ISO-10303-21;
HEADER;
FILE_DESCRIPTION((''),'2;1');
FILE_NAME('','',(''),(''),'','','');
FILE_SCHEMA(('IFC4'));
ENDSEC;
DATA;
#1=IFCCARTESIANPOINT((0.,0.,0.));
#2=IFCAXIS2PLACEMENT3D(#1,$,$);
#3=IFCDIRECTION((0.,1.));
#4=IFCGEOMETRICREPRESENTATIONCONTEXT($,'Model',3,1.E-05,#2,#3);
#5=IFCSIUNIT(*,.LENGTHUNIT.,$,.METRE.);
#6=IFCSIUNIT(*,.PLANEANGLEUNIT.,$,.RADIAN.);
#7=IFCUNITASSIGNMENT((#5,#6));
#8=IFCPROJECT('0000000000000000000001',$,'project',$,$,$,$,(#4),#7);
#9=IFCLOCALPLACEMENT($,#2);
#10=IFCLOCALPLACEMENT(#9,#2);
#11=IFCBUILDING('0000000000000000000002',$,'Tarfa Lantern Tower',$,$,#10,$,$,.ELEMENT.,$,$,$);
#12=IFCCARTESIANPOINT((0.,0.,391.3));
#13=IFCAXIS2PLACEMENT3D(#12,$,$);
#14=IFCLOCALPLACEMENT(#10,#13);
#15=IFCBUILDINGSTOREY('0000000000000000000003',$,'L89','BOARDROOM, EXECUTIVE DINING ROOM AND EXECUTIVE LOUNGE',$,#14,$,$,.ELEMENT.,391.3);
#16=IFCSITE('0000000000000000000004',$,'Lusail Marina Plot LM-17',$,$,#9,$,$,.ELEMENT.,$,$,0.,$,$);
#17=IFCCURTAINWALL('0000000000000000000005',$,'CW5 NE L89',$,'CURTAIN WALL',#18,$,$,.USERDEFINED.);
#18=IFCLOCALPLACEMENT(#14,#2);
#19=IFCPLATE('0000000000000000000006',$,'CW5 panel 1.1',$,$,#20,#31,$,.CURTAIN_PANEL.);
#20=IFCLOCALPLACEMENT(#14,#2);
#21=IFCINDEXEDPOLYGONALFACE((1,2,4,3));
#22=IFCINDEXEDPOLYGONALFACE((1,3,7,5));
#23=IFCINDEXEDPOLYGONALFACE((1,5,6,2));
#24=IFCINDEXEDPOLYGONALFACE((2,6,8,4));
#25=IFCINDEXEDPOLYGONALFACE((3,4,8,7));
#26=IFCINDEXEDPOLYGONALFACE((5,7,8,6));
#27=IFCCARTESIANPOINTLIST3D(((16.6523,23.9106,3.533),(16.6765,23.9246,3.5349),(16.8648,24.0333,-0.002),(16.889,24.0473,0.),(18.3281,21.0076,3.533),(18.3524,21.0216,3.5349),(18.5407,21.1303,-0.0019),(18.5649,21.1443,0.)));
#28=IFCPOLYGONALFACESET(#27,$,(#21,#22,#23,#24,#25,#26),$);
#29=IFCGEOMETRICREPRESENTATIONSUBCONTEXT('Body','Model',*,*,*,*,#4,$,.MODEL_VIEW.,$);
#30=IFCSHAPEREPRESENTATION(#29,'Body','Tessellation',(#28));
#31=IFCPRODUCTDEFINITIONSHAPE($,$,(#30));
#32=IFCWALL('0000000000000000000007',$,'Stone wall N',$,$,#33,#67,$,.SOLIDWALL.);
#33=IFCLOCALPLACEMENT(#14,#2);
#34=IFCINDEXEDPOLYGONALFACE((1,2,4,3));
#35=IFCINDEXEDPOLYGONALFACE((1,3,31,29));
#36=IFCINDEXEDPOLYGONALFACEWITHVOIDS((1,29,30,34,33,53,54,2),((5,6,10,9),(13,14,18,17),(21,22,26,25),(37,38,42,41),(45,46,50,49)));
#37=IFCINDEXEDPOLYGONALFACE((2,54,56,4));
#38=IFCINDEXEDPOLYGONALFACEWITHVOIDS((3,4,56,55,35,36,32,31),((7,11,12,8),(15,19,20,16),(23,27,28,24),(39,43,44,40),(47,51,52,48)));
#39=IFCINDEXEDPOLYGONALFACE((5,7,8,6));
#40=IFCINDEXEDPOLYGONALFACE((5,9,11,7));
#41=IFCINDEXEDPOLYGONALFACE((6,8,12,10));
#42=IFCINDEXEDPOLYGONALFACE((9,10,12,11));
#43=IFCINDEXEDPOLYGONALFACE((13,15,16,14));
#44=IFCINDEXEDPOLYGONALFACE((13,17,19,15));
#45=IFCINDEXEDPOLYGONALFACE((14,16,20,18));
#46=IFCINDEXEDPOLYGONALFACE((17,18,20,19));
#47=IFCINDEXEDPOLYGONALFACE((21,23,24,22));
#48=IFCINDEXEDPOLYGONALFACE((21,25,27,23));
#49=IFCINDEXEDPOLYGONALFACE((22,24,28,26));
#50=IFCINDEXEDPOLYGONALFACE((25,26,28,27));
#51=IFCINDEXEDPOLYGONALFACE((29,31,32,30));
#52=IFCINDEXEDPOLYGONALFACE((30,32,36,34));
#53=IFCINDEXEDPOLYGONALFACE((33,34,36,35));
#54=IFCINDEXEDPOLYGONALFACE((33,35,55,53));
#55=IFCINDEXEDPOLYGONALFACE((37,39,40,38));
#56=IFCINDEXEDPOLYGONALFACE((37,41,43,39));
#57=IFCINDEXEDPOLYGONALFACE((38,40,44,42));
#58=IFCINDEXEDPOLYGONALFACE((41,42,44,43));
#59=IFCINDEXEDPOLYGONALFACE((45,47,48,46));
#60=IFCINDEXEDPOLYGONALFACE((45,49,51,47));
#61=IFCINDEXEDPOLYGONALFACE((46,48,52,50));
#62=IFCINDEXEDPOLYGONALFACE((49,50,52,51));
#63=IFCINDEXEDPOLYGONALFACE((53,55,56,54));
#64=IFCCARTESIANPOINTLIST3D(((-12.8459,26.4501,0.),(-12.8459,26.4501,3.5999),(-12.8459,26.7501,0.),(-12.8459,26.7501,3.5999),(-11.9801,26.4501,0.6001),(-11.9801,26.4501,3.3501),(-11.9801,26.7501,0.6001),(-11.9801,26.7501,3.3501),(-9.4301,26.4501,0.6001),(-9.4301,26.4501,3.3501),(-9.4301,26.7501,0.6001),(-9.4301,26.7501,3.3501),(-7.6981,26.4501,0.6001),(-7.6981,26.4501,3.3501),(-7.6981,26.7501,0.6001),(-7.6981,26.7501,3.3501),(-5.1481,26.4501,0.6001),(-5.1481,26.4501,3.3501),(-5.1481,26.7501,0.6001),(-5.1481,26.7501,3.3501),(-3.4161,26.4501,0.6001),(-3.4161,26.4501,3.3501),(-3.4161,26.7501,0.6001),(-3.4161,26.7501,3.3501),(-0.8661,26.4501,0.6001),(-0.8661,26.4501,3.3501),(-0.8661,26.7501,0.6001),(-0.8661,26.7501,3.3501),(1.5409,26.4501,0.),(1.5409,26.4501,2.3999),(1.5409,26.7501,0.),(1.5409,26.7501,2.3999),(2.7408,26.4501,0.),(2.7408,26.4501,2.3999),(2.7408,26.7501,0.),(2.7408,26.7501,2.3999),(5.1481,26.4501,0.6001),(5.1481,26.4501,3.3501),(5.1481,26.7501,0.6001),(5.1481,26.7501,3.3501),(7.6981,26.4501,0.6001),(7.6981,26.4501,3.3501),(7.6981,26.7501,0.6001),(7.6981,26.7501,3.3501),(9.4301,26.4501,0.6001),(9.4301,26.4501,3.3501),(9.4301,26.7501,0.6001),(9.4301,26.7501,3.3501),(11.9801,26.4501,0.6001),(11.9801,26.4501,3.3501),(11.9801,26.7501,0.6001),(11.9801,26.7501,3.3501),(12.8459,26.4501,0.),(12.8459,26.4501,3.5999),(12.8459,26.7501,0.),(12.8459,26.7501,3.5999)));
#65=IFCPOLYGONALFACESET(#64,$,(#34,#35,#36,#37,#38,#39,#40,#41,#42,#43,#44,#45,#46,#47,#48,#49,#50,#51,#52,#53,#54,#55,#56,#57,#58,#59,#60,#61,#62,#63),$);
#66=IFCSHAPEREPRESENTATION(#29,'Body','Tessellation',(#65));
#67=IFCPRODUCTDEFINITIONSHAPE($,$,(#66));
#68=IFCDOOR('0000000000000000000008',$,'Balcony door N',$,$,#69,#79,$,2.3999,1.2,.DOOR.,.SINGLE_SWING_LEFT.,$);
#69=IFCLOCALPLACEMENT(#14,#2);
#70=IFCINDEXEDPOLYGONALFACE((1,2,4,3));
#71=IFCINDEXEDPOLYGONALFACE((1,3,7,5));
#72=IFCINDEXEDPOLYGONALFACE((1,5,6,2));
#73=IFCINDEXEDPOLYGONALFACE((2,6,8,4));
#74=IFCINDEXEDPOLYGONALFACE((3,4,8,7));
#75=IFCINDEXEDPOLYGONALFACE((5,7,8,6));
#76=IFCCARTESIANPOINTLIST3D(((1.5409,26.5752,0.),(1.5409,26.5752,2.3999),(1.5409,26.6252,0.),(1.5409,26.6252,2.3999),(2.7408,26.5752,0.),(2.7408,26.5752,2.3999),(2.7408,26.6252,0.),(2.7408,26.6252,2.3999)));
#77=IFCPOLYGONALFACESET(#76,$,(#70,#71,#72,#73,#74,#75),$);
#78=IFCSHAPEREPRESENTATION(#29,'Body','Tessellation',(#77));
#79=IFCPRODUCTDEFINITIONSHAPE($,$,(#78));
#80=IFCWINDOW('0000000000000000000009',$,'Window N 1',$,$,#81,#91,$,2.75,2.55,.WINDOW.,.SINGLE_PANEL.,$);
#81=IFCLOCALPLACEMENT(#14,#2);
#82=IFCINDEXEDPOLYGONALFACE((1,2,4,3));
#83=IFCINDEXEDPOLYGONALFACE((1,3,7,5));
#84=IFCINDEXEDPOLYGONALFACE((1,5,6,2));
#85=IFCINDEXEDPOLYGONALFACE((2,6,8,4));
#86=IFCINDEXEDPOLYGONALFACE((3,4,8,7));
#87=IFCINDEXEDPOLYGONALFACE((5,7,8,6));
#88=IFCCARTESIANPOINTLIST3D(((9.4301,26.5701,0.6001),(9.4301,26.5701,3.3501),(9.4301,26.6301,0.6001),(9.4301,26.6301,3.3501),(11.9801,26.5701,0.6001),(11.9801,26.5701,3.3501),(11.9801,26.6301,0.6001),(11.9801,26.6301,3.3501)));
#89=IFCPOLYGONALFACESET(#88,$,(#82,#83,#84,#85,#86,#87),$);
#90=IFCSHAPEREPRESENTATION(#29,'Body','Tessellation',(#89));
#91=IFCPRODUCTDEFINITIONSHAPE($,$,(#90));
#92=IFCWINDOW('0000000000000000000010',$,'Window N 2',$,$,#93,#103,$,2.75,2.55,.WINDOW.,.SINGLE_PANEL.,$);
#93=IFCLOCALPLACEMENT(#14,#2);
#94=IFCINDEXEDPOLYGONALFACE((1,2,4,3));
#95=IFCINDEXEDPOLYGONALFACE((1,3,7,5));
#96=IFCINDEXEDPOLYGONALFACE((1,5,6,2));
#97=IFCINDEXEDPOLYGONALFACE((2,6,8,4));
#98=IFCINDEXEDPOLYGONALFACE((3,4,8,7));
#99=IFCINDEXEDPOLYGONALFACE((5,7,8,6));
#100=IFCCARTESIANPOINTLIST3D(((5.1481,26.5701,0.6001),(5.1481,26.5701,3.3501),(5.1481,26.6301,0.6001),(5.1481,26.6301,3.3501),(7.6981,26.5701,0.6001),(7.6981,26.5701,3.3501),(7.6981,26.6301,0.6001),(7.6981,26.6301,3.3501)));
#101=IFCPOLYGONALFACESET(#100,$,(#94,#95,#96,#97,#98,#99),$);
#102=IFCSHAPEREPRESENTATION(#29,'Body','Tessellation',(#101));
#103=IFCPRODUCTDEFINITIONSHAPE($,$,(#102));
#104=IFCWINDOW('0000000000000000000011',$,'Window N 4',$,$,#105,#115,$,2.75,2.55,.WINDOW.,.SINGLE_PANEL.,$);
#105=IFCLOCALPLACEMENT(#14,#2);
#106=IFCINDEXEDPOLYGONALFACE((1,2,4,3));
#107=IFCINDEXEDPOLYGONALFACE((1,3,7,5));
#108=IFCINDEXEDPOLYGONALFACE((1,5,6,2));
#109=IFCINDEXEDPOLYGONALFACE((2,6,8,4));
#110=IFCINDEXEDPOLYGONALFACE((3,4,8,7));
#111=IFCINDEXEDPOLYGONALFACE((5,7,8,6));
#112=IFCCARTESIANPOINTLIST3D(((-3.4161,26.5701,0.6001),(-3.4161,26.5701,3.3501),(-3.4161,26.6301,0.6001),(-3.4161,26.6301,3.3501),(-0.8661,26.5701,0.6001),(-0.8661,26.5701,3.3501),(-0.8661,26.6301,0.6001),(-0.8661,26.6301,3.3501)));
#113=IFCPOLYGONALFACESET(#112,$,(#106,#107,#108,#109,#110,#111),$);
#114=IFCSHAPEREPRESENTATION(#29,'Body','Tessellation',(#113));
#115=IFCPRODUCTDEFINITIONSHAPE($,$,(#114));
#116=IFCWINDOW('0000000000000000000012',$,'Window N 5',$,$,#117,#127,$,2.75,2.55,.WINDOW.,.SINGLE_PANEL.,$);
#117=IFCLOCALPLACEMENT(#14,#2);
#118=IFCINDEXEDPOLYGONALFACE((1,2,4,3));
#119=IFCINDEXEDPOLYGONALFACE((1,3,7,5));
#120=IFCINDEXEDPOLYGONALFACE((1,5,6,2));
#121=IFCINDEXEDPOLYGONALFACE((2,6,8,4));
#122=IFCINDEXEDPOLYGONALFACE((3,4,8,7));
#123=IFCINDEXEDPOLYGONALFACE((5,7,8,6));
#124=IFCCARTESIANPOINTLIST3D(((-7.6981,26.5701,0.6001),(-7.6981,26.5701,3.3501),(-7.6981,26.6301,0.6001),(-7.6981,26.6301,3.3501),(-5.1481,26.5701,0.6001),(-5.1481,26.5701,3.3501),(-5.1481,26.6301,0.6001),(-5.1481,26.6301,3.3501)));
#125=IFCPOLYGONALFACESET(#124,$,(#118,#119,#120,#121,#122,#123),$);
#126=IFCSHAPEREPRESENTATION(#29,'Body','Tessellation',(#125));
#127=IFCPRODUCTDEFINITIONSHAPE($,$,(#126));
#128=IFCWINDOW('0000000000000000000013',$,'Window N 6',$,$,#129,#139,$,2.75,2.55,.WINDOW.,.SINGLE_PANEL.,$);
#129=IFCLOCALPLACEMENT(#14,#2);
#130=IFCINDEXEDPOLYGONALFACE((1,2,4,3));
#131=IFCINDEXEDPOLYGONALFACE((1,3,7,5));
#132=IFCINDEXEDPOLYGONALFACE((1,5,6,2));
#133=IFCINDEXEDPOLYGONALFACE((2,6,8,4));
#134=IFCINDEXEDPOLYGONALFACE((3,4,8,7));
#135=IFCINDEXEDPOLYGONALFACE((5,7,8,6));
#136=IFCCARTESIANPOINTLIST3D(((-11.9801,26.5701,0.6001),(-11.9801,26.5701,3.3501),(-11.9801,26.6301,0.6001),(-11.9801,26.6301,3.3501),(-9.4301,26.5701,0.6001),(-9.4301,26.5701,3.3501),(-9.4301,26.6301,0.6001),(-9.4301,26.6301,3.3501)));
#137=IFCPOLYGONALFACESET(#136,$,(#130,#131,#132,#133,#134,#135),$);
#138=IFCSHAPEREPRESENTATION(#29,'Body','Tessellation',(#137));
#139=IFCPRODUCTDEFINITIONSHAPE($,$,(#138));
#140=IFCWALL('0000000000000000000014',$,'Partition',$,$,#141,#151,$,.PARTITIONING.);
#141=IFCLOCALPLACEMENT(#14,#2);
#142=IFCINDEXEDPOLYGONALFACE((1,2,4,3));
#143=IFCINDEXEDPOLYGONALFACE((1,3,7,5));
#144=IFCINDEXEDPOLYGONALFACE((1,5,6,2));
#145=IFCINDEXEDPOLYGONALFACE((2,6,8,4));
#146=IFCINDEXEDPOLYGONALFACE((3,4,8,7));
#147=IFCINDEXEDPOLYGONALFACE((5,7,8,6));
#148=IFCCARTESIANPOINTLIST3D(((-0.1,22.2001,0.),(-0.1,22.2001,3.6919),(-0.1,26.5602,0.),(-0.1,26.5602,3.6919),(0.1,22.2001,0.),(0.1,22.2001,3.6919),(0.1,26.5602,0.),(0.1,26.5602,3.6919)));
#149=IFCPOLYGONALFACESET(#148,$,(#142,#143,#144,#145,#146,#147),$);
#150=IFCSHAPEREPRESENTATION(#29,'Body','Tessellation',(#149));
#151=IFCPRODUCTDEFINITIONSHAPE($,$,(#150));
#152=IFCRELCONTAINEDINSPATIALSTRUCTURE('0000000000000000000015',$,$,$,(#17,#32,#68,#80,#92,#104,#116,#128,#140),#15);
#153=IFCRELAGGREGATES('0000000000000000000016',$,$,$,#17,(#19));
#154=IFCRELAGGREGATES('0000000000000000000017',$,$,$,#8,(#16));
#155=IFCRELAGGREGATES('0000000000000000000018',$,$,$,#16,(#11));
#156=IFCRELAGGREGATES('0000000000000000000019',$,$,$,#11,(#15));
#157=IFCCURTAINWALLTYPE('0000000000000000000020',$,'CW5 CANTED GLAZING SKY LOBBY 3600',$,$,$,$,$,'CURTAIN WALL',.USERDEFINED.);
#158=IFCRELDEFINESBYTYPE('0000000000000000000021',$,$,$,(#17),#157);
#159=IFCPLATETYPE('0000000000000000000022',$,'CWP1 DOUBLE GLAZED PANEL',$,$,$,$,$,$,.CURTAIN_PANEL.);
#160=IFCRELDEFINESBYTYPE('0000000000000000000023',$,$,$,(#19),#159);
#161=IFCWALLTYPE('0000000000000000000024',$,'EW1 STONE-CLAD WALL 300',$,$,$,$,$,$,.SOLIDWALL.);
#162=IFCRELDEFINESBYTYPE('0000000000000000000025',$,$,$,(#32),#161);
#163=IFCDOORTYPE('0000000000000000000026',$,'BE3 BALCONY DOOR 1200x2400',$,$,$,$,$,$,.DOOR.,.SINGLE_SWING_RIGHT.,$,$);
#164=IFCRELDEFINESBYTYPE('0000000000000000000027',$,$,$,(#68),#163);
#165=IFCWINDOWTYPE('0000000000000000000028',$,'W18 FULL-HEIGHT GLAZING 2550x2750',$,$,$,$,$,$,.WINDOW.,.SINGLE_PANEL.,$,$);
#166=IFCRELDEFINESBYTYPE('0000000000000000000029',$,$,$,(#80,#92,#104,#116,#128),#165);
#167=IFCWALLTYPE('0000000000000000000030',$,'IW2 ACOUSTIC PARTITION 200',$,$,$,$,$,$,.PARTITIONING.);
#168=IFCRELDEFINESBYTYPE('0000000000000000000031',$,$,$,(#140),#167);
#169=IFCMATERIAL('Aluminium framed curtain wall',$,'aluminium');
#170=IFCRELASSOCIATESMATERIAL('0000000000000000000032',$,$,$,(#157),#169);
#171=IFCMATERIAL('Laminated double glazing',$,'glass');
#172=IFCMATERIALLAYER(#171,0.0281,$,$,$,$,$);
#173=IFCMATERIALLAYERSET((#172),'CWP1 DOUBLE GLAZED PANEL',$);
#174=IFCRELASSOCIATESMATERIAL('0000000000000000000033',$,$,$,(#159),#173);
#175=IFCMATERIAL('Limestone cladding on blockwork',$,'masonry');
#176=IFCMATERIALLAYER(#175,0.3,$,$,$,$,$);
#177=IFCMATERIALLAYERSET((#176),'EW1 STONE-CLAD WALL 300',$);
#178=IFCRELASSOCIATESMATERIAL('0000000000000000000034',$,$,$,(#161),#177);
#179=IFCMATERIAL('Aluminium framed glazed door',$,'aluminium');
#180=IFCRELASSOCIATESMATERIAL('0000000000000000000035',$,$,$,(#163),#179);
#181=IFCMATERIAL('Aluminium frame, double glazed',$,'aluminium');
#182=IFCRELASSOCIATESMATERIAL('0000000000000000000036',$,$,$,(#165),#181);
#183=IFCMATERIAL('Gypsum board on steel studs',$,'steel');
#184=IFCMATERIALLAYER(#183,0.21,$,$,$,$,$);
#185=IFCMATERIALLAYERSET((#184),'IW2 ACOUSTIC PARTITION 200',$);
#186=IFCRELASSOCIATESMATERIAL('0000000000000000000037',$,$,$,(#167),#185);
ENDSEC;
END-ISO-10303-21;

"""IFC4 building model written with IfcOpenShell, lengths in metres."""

from ifc_helpers import new_model, si_unit, direction, frame, frame_2d, origin, place, context, subcontext, project, spatial, polyline, rectangle, outline, extrude, material, layer, layer_set, type_object, element, fill, aggregate, save


model = new_model("IFC4")

# Units and contexts
model_context = context("Model", 3, precision=1e-05, world=origin(), true_north=direction((0.0, 1.0)))
body_context = subcontext(model_context, "Body", "Model", "MODEL_VIEW")
ifc_project = project(units=[si_unit("LENGTHUNIT", "METRE"), si_unit("PLANEANGLEUNIT", "RADIAN")], contexts=[model_context])

# Site, building, storey
site_placement = place(None, origin())
site = spatial("IfcSite", under=ifc_project, at=site_placement, Name="Lusail Marina Plot LM-17", CompositionType="ELEMENT", RefElevation=0.0)
building_placement = place(site_placement, origin())
building = spatial("IfcBuilding", under=site, at=building_placement, Name="Tarfa Lantern Tower", CompositionType="ELEMENT")
storey_placement = place(building_placement, frame((0.0, 0.0, 391.3)))
storey = spatial("IfcBuildingStorey", under=building, at=storey_placement, Name="L89", Description="BOARDROOM, EXECUTIVE DINING ROOM AND EXECUTIVE LOUNGE", CompositionType="ELEMENT", Elevation=391.3)

# Curtain wall
ifc_material_1 = material(Name="Aluminium framed curtain wall", Category="aluminium")
curtain_wall_type = type_object("IfcCurtainWallType", Name="CW5 CANTED GLAZING SKY LOBBY 3600", ElementType="CURTAIN WALL", PredefinedType="USERDEFINED", material=ifc_material_1)
curtain_wall_placement = place(storey_placement, origin())
curtain_wall = element("IfcCurtainWall", 1, at=curtain_wall_placement, inside=storey, type_object=curtain_wall_type, Name="CW5 NE L89", ObjectType="CURTAIN WALL", PredefinedType="USERDEFINED")

# Plate
ifc_material_2 = material(Name="Laminated double glazing", Category="glass")
ifc_layer_1 = layer(ifc_material_2, 0.0281)
ifc_layer_set_1 = layer_set([ifc_layer_1], Name="CWP1 DOUBLE GLAZED PANEL")
plate_type = type_object("IfcPlateType", Name="CWP1 DOUBLE GLAZED PANEL", PredefinedType="CURTAIN_PANEL", material=ifc_layer_set_1)
plate_placement = place(storey_placement, frame((18.5649, 21.1443, 0.0), z_axis=(0.863961, 0.498773, 0.069253), x_axis=(-0.499973, 0.866041, -0.000003)))
plate = element("IfcPlate", 2, at=plate_placement, type_object=plate_type, Name="CW5 panel 1.1", PredefinedType="CURTAIN_PANEL", context=body_context, shape_type="SweptSolid", body=[
    extrude(outline(polyline([(0.0, 0.0), (3.352, 0.0), (3.352, 3.5434), (0.0, 3.5434), (0.0, 0.0)])), origin(), (0.0, 0.0, -1.0), 0.0281),
])
aggregate(curtain_wall, [plate])

# Wall, openings, door, windows
ifc_material_3 = material(Name="Limestone cladding on blockwork", Category="masonry")
ifc_layer_2 = layer(ifc_material_3, 0.3)
ifc_layer_set_2 = layer_set([ifc_layer_2], Name="EW1 STONE-CLAD WALL 300")
wall_type_1 = type_object("IfcWallType", Name="EW1 STONE-CLAD WALL 300", PredefinedType="SOLIDWALL", material=ifc_layer_set_2)
wall_1_placement = place(storey_placement, frame((12.8459, 26.6001, 0.0), z_axis=(0.0, 0.0, 1.0), x_axis=(-1.0, 0.0, 0.0)))
wall_1 = element("IfcWall", 3, at=wall_1_placement, inside=storey, type_object=wall_type_1, Name="Stone wall N", PredefinedType="SOLIDWALL", context=body_context, shape_type="SweptSolid", body=[
    extrude(rectangle(XDim=25.6919, YDim=0.3, at=frame_2d((12.8459, 0.0))), origin(), (0.0, 0.0, 1.0), 3.5999),
])
opening_1_placement = place(wall_1_placement, frame((0.866, 0.0, 0.6001)))
opening_1 = element("IfcOpeningElement", 4, at=opening_1_placement, cuts=wall_1, PredefinedType="OPENING", context=body_context, shape_type="SweptSolid", body=[
    extrude(rectangle(XDim=2.55, YDim=2.75, at=frame_2d((1.2749, 1.375))), frame((0.0, 0.1599, 0.0), z_axis=(0.0, -1.0, 0.0), x_axis=(1.0, 0.0, 0.0)), (0.0, 0.0, 1.0), 0.3201),
])
opening_2_placement = place(wall_1_placement, frame((5.1479, 0.0, 0.6001)))
opening_2 = element("IfcOpeningElement", 5, at=opening_2_placement, cuts=wall_1, PredefinedType="OPENING", context=body_context, shape_type="SweptSolid", body=[
    extrude(rectangle(XDim=2.55, YDim=2.75, at=frame_2d((1.2749, 1.375))), frame((0.0, 0.1599, 0.0), z_axis=(0.0, -1.0, 0.0), x_axis=(1.0, 0.0, 0.0)), (0.0, 0.0, 1.0), 0.3201),
])
opening_3_placement = place(wall_1_placement, frame((10.105, 0.0, 0.0)))
opening_3 = element("IfcOpeningElement", 6, at=opening_3_placement, cuts=wall_1, PredefinedType="OPENING", context=body_context, shape_type="SweptSolid", body=[
    extrude(rectangle(XDim=1.2, YDim=2.3999, at=frame_2d((0.6001, 1.2))), frame((0.0, 0.1599, 0.0), z_axis=(0.0, -1.0, 0.0), x_axis=(1.0, 0.0, 0.0)), (0.0, 0.0, 1.0), 0.3201),
])
opening_4_placement = place(wall_1_placement, frame((13.7122, 0.0, 0.6001)))
opening_4 = element("IfcOpeningElement", 7, at=opening_4_placement, cuts=wall_1, PredefinedType="OPENING", context=body_context, shape_type="SweptSolid", body=[
    extrude(rectangle(XDim=2.55, YDim=2.75, at=frame_2d((1.2749, 1.375))), frame((0.0, 0.1599, 0.0), z_axis=(0.0, -1.0, 0.0), x_axis=(1.0, 0.0, 0.0)), (0.0, 0.0, 1.0), 0.3201),
])
opening_5_placement = place(wall_1_placement, frame((17.9941, 0.0, 0.6001)))
opening_5 = element("IfcOpeningElement", 8, at=opening_5_placement, cuts=wall_1, PredefinedType="OPENING", context=body_context, shape_type="SweptSolid", body=[
    extrude(rectangle(XDim=2.55, YDim=2.75, at=frame_2d((1.2749, 1.375))), frame((0.0, 0.1599, 0.0), z_axis=(0.0, -1.0, 0.0), x_axis=(1.0, 0.0, 0.0)), (0.0, 0.0, 1.0), 0.3201),
])
opening_6_placement = place(wall_1_placement, frame((22.2761, 0.0, 0.6001)))
opening_6 = element("IfcOpeningElement", 9, at=opening_6_placement, cuts=wall_1, PredefinedType="OPENING", context=body_context, shape_type="SweptSolid", body=[
    extrude(rectangle(XDim=2.55, YDim=2.75, at=frame_2d((1.2749, 1.375))), frame((0.0, 0.1599, 0.0), z_axis=(0.0, -1.0, 0.0), x_axis=(1.0, 0.0, 0.0)), (0.0, 0.0, 1.0), 0.3201),
])
ifc_material_4 = material(Name="Aluminium framed glazed door", Category="aluminium")
door_type = type_object("IfcDoorType", Name="BE3 BALCONY DOOR 1200x2400", OperationType="SINGLE_SWING_RIGHT", PredefinedType="DOOR", material=ifc_material_4)
door_placement = place(opening_3_placement, origin())
door = element("IfcDoor", 10, at=door_placement, inside=storey, type_object=door_type, Name="Balcony door N", OperationType="SINGLE_SWING_LEFT", OverallHeight=2.3999, OverallWidth=1.2, PredefinedType="DOOR", context=body_context, shape_type="SweptSolid", body=[
    extrude(rectangle(XDim=1.2, YDim=2.3999, at=frame_2d((0.6001, 1.2))), frame((0.0, 0.0249, 0.0), z_axis=(0.0, -1.0, 0.0), x_axis=(1.0, 0.0, 0.0)), (0.0, 0.0, 1.0), 0.05),
])
fill(opening_3, door)
ifc_material_5 = material(Name="Aluminium frame, double glazed", Category="aluminium")
window_type = type_object("IfcWindowType", Name="W18 FULL-HEIGHT GLAZING 2550x2750", PartitioningType="SINGLE_PANEL", PredefinedType="WINDOW", material=ifc_material_5)
window_1_placement = place(opening_1_placement, origin())
window_1 = element("IfcWindow", 11, at=window_1_placement, inside=storey, type_object=window_type, Name="Window N 1", OverallHeight=2.75, OverallWidth=2.55, PartitioningType="SINGLE_PANEL", PredefinedType="WINDOW", context=body_context, shape_type="SweptSolid", body=[
    extrude(rectangle(XDim=2.55, YDim=2.75, at=frame_2d((1.2749, 1.375))), frame((0.0, 0.03, 0.0), z_axis=(0.0, -1.0, 0.0), x_axis=(1.0, 0.0, 0.0)), (0.0, 0.0, 1.0), 0.0601),
])
fill(opening_1, window_1)
window_2_placement = place(opening_2_placement, origin())
window_2 = element("IfcWindow", 12, at=window_2_placement, inside=storey, type_object=window_type, Name="Window N 2", OverallHeight=2.75, OverallWidth=2.55, PartitioningType="SINGLE_PANEL", PredefinedType="WINDOW", context=body_context, shape_type="SweptSolid", body=[
    extrude(rectangle(XDim=2.55, YDim=2.75, at=frame_2d((1.2749, 1.375))), frame((0.0, 0.03, 0.0), z_axis=(0.0, -1.0, 0.0), x_axis=(1.0, 0.0, 0.0)), (0.0, 0.0, 1.0), 0.0601),
])
fill(opening_2, window_2)
window_3_placement = place(opening_4_placement, origin())
window_3 = element("IfcWindow", 13, at=window_3_placement, inside=storey, type_object=window_type, Name="Window N 4", OverallHeight=2.75, OverallWidth=2.55, PartitioningType="SINGLE_PANEL", PredefinedType="WINDOW", context=body_context, shape_type="SweptSolid", body=[
    extrude(rectangle(XDim=2.55, YDim=2.75, at=frame_2d((1.2749, 1.375))), frame((0.0, 0.03, 0.0), z_axis=(0.0, -1.0, 0.0), x_axis=(1.0, 0.0, 0.0)), (0.0, 0.0, 1.0), 0.0601),
])
fill(opening_4, window_3)
window_4_placement = place(opening_5_placement, origin())
window_4 = element("IfcWindow", 14, at=window_4_placement, inside=storey, type_object=window_type, Name="Window N 5", OverallHeight=2.75, OverallWidth=2.55, PartitioningType="SINGLE_PANEL", PredefinedType="WINDOW", context=body_context, shape_type="SweptSolid", body=[
    extrude(rectangle(XDim=2.55, YDim=2.75, at=frame_2d((1.2749, 1.375))), frame((0.0, 0.03, 0.0), z_axis=(0.0, -1.0, 0.0), x_axis=(1.0, 0.0, 0.0)), (0.0, 0.0, 1.0), 0.0601),
])
fill(opening_5, window_4)
window_5_placement = place(opening_6_placement, origin())
window_5 = element("IfcWindow", 15, at=window_5_placement, inside=storey, type_object=window_type, Name="Window N 6", OverallHeight=2.75, OverallWidth=2.55, PartitioningType="SINGLE_PANEL", PredefinedType="WINDOW", context=body_context, shape_type="SweptSolid", body=[
    extrude(rectangle(XDim=2.55, YDim=2.75, at=frame_2d((1.2749, 1.375))), frame((0.0, 0.03, 0.0), z_axis=(0.0, -1.0, 0.0), x_axis=(1.0, 0.0, 0.0)), (0.0, 0.0, 1.0), 0.0601),
])
fill(opening_6, window_5)

# Wall
ifc_material_6 = material(Name="Gypsum board on steel studs", Category="steel")
ifc_layer_3 = layer(ifc_material_6, 0.21)
ifc_layer_set_3 = layer_set([ifc_layer_3], Name="IW2 ACOUSTIC PARTITION 200")
wall_type_2 = type_object("IfcWallType", Name="IW2 ACOUSTIC PARTITION 200", PredefinedType="PARTITIONING", material=ifc_layer_set_3)
wall_2_placement = place(storey_placement, frame((0.0, 22.2, 0.0), z_axis=(0.0, 0.0, 1.0), x_axis=(0.0, 1.0, 0.0)))
element("IfcWall", 16, at=wall_2_placement, inside=storey, type_object=wall_type_2, Name="Partition", PredefinedType="PARTITIONING", context=body_context, shape_type="SweptSolid", body=[
    extrude(rectangle(XDim=4.3601, YDim=0.2, at=frame_2d((2.1802, 0.0))), origin(), (0.0, 0.0, 1.0), 3.6919),
])

save(model, "model.ifc")
